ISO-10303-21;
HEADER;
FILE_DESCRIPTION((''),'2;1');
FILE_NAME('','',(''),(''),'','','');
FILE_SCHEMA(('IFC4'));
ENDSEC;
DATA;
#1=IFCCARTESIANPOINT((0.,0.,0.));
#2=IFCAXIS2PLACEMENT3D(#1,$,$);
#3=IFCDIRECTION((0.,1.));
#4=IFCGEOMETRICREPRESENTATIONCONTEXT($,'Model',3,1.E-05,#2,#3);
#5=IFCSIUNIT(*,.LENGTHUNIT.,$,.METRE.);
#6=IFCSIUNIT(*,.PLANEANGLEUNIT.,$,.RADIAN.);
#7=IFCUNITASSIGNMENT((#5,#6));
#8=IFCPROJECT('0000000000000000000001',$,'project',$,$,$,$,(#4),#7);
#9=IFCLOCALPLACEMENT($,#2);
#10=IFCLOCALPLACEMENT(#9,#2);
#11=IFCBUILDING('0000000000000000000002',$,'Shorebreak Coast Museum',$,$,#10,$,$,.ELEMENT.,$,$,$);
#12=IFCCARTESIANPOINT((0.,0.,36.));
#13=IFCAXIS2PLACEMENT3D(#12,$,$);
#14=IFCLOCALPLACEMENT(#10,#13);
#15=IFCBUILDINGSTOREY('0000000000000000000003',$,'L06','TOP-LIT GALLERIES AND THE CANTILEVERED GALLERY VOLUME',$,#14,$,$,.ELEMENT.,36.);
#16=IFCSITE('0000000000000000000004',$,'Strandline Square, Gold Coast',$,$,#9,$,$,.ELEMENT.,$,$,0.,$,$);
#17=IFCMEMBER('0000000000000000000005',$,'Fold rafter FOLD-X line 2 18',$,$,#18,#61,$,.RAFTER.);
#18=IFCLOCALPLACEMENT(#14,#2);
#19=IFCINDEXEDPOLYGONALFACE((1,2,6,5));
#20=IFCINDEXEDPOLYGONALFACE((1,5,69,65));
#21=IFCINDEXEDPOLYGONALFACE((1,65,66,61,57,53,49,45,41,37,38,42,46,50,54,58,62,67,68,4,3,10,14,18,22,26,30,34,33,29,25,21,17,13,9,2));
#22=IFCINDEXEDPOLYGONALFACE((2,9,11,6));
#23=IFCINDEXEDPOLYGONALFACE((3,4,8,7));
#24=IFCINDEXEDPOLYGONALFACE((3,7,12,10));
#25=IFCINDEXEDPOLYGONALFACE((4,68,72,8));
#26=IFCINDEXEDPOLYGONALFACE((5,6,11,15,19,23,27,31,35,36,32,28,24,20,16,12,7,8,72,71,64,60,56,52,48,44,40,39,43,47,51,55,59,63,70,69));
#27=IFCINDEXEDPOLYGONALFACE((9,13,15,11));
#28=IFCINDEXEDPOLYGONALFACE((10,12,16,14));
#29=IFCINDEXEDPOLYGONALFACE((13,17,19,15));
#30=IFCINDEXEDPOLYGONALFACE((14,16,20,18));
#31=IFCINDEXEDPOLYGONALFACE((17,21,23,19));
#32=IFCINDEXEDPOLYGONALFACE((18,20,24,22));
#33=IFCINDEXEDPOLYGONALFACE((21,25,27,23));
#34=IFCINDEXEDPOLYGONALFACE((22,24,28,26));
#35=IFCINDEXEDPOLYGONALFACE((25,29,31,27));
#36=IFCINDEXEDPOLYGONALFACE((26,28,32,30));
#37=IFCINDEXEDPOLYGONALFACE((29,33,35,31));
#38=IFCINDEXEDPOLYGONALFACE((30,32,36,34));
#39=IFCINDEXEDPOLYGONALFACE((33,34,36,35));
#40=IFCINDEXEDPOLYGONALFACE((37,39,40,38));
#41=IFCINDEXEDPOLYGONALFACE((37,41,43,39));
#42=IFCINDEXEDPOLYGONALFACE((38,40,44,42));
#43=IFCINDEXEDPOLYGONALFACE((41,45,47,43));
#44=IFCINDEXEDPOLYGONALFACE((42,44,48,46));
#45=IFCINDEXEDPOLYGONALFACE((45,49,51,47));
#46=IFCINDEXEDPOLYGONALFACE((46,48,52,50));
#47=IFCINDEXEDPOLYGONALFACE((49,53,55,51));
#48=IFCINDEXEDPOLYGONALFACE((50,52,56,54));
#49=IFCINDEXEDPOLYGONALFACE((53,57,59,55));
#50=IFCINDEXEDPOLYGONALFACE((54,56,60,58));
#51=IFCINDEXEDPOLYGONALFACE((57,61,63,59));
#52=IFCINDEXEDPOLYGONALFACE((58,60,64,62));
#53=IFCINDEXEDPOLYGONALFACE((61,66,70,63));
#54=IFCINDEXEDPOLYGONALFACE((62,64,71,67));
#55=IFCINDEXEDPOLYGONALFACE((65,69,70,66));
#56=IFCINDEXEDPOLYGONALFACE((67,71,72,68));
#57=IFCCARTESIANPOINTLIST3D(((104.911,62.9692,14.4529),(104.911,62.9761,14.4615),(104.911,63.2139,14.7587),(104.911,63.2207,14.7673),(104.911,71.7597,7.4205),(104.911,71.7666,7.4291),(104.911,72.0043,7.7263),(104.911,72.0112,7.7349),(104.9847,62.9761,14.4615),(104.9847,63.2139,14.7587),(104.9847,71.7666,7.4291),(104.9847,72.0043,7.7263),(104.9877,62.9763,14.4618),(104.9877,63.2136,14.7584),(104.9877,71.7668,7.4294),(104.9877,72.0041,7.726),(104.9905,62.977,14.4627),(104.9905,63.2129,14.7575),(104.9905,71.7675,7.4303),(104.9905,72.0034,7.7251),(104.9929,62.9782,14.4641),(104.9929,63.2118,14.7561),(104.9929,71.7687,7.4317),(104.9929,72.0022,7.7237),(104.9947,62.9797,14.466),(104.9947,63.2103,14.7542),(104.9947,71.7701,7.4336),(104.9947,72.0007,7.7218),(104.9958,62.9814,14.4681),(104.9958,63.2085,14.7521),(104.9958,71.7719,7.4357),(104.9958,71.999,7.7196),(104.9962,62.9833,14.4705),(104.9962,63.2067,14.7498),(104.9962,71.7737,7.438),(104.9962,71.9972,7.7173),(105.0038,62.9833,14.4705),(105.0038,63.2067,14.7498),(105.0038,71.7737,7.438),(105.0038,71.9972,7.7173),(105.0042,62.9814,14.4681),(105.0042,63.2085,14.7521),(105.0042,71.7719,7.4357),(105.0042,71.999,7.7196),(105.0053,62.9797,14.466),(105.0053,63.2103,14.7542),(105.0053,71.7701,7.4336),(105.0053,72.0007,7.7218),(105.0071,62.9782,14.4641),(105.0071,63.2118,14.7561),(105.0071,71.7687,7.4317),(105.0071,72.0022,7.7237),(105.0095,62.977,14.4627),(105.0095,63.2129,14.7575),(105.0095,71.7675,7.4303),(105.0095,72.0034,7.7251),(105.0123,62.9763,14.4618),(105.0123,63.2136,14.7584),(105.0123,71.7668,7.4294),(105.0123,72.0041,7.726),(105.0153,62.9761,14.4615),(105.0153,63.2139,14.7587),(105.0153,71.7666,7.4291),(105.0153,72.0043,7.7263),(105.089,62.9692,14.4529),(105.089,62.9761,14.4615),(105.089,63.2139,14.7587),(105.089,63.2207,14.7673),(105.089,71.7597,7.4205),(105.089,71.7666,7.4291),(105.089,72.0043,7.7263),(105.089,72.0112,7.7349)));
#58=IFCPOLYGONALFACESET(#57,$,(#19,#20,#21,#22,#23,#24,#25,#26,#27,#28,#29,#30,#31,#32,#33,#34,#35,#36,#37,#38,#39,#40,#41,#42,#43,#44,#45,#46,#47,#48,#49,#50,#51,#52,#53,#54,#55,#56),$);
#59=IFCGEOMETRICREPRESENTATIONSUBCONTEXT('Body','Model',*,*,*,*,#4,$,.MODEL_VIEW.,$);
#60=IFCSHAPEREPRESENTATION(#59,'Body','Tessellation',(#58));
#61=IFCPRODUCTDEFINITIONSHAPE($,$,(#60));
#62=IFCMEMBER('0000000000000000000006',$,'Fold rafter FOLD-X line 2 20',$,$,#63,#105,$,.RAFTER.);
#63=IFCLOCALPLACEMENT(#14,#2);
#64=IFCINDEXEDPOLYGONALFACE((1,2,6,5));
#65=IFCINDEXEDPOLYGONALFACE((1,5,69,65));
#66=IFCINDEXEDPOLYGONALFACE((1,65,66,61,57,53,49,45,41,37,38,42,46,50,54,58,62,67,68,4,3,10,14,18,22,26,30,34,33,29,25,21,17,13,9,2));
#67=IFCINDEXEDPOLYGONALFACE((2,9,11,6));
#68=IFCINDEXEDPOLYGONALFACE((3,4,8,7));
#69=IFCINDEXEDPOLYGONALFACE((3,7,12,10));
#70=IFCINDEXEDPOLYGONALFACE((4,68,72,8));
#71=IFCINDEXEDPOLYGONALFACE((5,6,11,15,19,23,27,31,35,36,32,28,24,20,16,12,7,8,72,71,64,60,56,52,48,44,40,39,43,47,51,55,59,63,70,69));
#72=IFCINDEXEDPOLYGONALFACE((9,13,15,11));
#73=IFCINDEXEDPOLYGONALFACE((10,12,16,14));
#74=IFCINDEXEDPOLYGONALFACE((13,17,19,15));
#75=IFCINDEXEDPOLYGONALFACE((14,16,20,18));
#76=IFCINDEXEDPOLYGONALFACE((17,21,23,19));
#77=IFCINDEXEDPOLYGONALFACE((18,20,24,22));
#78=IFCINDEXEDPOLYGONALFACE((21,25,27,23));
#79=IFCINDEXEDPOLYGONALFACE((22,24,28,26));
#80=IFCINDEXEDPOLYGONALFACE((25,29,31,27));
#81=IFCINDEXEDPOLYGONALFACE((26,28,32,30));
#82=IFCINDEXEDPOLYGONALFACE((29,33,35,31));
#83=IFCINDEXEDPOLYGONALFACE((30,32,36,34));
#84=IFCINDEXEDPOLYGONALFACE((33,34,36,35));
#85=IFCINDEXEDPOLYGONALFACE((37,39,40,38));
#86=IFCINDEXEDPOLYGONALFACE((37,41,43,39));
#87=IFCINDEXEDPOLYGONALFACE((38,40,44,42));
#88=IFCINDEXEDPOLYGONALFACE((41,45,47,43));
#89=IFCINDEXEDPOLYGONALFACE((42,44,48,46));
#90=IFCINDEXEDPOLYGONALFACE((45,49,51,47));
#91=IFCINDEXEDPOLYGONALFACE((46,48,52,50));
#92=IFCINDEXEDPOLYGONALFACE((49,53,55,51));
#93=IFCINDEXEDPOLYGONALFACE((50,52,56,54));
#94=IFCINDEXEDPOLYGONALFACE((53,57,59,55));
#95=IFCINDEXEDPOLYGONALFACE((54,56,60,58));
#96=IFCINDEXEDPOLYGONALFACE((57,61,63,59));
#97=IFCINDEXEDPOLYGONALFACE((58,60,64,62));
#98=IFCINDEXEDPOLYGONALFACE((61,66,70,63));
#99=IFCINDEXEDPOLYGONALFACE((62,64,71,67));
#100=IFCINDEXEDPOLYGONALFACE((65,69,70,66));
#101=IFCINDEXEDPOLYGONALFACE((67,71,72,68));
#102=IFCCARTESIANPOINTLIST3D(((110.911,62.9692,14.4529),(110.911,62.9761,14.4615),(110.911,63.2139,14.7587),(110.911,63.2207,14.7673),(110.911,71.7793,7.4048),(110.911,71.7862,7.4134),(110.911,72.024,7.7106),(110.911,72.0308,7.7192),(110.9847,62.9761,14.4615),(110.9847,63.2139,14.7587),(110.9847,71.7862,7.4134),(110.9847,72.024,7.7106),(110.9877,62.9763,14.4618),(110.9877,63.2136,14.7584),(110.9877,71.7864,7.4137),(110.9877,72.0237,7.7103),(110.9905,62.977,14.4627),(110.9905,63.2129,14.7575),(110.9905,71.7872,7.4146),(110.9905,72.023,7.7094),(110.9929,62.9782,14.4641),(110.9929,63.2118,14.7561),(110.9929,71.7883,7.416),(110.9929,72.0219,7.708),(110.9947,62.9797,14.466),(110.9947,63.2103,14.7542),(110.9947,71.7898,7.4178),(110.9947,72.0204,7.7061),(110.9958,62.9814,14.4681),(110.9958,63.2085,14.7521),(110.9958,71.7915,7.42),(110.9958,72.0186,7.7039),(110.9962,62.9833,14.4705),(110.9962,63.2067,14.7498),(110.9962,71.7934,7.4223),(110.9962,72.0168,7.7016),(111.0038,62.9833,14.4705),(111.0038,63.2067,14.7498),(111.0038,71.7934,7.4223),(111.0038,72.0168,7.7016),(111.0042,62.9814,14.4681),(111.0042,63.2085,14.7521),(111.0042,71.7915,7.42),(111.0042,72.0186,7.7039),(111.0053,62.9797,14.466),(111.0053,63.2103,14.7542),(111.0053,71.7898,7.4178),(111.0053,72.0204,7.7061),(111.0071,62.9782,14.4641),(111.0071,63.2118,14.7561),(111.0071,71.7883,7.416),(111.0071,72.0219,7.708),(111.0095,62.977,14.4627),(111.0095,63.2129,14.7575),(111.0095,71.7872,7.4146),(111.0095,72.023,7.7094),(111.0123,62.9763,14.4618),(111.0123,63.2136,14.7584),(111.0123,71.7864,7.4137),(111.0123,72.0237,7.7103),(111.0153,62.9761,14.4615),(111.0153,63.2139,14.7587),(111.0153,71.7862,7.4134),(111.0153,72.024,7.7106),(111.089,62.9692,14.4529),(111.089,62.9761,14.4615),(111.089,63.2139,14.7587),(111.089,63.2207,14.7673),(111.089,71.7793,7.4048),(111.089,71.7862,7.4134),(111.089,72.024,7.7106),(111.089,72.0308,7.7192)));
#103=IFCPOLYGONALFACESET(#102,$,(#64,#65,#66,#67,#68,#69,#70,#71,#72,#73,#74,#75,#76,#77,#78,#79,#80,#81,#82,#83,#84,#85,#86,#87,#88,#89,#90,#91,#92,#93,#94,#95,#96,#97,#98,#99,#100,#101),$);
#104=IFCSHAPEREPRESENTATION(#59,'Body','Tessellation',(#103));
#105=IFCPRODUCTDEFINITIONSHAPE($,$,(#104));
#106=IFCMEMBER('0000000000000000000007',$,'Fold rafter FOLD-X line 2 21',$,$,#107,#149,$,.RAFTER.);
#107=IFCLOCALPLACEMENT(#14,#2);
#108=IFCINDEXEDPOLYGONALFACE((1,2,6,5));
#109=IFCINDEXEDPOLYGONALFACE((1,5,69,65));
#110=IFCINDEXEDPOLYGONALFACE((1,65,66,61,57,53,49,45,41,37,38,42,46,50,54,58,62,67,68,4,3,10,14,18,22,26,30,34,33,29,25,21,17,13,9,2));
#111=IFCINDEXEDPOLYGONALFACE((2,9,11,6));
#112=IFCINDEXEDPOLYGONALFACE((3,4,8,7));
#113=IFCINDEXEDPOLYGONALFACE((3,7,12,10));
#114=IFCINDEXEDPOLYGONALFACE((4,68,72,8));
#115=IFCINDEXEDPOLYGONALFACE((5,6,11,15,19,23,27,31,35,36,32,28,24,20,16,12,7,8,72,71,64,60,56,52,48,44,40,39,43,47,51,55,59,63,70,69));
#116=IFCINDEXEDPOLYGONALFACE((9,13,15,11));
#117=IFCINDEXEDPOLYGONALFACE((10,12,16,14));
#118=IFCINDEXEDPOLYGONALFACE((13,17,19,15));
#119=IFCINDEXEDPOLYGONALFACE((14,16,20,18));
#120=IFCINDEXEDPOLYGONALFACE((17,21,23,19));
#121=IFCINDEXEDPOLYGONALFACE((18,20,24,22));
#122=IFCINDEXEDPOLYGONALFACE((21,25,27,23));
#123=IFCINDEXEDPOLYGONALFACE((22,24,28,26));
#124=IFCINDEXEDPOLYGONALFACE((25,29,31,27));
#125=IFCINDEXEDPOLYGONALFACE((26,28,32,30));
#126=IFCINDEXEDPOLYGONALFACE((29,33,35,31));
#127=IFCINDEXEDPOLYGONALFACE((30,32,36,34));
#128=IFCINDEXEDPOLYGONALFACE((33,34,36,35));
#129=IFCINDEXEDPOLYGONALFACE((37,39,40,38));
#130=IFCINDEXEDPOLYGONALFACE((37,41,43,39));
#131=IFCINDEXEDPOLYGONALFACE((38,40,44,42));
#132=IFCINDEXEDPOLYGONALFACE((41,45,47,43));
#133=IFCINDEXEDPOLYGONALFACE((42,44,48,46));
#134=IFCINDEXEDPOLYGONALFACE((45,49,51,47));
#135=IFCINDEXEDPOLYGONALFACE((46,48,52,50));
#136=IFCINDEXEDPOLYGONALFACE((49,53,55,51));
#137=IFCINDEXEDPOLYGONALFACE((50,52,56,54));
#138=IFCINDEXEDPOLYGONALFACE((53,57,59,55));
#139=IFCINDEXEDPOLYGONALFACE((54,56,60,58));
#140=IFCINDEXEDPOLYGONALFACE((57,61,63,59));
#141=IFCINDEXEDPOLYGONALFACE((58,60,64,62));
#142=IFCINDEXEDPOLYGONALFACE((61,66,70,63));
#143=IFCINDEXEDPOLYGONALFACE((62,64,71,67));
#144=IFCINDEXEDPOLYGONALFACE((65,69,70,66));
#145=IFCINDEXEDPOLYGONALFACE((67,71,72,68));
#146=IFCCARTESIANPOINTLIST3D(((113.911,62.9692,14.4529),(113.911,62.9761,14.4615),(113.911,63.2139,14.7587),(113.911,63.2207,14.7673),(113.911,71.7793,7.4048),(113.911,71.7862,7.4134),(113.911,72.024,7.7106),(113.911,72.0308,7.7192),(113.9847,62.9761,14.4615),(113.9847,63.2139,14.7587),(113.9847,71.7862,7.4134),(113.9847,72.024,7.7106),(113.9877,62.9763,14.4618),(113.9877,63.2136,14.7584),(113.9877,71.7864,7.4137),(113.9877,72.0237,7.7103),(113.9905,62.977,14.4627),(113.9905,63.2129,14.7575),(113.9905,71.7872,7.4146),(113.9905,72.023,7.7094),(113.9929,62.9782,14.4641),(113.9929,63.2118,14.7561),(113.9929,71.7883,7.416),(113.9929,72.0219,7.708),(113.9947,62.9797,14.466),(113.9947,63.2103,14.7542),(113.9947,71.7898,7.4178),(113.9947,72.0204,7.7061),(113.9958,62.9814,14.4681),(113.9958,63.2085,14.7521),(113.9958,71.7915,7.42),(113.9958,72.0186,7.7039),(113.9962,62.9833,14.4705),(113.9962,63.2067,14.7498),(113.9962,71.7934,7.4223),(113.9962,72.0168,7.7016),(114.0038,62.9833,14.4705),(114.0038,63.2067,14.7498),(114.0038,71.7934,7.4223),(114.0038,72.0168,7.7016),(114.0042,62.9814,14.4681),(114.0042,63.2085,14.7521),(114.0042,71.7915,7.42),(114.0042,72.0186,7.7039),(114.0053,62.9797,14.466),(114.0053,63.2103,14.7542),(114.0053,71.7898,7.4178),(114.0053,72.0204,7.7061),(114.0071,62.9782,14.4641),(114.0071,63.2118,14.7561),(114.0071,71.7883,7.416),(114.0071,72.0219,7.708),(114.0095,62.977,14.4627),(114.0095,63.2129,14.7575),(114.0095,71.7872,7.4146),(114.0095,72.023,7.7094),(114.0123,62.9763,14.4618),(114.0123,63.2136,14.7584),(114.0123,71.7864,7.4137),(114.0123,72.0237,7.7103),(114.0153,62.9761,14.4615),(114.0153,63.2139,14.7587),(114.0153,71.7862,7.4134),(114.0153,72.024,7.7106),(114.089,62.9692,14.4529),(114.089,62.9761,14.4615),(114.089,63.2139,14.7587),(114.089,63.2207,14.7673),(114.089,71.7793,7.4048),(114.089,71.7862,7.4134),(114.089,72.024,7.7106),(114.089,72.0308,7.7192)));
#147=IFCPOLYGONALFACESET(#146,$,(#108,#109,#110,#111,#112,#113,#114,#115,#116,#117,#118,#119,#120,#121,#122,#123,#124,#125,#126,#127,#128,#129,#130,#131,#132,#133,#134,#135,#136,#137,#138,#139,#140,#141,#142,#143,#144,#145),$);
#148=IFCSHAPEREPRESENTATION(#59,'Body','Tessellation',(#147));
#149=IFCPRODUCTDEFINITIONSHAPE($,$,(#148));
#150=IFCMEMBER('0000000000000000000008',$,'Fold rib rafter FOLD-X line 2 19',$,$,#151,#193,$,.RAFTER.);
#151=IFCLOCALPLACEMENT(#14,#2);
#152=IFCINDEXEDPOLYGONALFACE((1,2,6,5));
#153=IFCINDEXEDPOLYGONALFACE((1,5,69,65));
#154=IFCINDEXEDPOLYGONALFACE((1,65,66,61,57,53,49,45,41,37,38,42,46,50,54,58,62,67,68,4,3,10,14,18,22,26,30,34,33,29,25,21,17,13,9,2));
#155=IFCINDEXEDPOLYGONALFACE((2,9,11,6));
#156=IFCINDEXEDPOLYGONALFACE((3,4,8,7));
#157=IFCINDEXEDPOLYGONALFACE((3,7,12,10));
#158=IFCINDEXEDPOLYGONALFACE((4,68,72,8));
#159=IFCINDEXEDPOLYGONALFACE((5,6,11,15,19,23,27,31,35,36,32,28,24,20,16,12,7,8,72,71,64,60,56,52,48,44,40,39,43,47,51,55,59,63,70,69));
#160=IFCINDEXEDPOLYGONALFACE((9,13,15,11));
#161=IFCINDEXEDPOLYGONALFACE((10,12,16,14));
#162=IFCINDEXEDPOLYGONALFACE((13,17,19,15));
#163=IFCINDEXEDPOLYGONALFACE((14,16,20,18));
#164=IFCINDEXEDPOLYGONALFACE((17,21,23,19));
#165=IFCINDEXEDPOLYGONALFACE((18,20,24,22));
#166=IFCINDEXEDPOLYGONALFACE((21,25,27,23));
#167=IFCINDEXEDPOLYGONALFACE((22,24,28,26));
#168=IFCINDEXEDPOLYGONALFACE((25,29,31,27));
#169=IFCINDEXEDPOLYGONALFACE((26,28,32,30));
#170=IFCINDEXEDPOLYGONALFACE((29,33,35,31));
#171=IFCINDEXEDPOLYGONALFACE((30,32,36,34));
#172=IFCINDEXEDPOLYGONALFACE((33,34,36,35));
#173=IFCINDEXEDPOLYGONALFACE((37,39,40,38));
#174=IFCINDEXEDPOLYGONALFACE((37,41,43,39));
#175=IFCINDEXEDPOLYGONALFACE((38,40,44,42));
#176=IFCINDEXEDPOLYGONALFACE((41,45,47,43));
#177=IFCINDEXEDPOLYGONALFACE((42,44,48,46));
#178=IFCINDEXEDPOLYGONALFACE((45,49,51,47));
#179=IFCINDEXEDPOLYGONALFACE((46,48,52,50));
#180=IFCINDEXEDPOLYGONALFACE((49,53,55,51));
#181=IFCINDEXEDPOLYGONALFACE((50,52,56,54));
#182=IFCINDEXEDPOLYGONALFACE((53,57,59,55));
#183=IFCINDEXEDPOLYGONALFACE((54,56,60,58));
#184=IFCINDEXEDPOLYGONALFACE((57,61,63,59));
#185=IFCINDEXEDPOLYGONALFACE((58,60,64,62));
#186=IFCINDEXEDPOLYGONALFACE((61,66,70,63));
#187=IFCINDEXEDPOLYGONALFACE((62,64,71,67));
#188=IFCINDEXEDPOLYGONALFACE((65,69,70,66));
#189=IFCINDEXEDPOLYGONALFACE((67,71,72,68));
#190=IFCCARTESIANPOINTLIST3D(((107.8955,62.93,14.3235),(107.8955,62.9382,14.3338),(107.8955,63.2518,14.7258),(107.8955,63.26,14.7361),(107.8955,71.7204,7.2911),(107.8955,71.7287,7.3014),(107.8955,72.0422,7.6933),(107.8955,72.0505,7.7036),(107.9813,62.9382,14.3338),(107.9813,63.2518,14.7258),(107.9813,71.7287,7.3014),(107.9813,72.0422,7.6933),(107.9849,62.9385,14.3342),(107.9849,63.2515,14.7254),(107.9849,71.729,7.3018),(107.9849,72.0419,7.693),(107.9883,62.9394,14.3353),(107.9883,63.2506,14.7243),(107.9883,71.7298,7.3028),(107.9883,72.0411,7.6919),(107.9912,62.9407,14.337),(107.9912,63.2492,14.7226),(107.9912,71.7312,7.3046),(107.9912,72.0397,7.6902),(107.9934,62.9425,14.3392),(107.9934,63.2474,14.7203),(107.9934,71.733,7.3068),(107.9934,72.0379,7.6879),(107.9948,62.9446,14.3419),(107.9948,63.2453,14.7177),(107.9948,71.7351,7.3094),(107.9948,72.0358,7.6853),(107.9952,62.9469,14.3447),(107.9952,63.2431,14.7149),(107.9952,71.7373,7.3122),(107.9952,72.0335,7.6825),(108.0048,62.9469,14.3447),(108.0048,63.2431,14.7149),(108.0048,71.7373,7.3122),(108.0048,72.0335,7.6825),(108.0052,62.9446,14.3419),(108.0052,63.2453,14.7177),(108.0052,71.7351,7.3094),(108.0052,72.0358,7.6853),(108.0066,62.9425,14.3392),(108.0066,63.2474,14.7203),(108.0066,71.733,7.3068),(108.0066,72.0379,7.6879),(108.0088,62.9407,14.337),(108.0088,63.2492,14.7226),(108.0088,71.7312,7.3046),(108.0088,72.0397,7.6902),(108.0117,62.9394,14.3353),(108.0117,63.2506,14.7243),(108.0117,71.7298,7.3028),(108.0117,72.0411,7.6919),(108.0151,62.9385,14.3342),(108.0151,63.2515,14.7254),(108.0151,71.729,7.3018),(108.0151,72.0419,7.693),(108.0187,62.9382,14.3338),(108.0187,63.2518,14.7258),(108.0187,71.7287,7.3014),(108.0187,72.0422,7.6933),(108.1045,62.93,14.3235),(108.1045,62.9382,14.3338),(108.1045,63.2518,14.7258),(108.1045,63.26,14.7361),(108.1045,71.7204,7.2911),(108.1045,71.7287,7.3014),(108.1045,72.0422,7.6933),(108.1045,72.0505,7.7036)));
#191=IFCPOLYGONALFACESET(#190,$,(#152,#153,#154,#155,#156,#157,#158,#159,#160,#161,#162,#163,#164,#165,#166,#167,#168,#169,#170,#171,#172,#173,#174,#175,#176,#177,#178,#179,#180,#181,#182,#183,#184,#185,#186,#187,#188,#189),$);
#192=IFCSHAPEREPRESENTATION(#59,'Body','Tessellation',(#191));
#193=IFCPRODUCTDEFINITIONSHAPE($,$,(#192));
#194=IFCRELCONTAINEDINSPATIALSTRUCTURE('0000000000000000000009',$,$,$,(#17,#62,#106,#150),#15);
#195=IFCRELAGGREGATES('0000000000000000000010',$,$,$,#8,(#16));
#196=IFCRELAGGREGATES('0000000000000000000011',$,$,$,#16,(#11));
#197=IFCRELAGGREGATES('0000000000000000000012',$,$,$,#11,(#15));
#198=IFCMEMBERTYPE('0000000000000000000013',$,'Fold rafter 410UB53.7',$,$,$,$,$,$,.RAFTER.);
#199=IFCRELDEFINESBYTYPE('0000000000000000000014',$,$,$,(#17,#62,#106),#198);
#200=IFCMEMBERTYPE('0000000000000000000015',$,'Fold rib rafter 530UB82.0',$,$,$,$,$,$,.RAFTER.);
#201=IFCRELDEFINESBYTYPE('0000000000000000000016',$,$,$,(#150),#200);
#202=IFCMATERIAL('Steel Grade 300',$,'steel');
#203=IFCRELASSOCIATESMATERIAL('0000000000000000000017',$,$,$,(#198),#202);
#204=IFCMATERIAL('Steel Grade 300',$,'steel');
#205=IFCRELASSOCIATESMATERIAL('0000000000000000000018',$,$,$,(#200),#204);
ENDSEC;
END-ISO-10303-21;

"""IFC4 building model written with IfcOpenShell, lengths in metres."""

from ifc_helpers import new_model, si_unit, direction, frame, origin, origin_2d, place, context, subcontext, project, spatial, i_section, extrude, material, material_profile, profile_set, type_object, element, save


model = new_model("IFC4")

# Units and contexts
model_context = context("Model", 3, precision=1e-05, world=origin(), true_north=direction((0.0, 1.0)))
body_context = subcontext(model_context, "Body", "Model", "MODEL_VIEW")
ifc_project = project(units=[si_unit("LENGTHUNIT", "METRE"), si_unit("PLANEANGLEUNIT", "RADIAN")], contexts=[model_context])

# Site, building, storey
site_placement = place(None, origin())
site = spatial("IfcSite", under=ifc_project, at=site_placement, Name="Strandline Square, Gold Coast", CompositionType="ELEMENT", RefElevation=0.0)
building_placement = place(site_placement, origin())
building = spatial("IfcBuilding", under=site, at=building_placement, Name="Shorebreak Coast Museum", CompositionType="ELEMENT")
storey_placement = place(building_placement, frame((0.0, 0.0, 36.0)))
storey = spatial("IfcBuildingStorey", under=building, at=storey_placement, Name="L06", Description="TOP-LIT GALLERIES AND THE CANTILEVERED GALLERY VOLUME", CompositionType="ELEMENT", Elevation=36.0)

# Members
ifc_material_1 = material(Name="Steel Grade 300", Category="steel")
ifc_material_profile_1 = material_profile(ifc_material_1, i_section(OverallWidth=0.178, OverallDepth=0.4026, WebThickness=0.0076, FlangeThickness=0.011, FilletRadius=0.0115, at=origin_2d()), Name="410UB53.7")
ifc_profile_set_1 = profile_set([ifc_material_profile_1], Name="Steel Grade 300")
member_type_1 = type_object("IfcMemberType", Name="Fold rafter 410UB53.7", PredefinedType="RAFTER", material=ifc_profile_set_1)
member_1_placement = place(storey_placement, frame((105.0, 63.095, 14.6101), z_axis=(0.0, 0.780867, -0.624698), x_axis=(-1.0, 0.0, 0.0)))
element("IfcMember", 1, at=member_1_placement, inside=storey, type_object=member_type_1, Name="Fold rafter FOLD-X line 2 18", PredefinedType="RAFTER", context=body_context, shape_type="SweptSolid", body=[
    extrude(i_section(OverallWidth=0.178, OverallDepth=0.4026, WebThickness=0.0076, FlangeThickness=0.011, FilletRadius=0.0115, at=origin_2d()), origin(), (0.0, 0.0, 1.0), 11.2573),
])
for number, where, z_axis, x_axis, name in (
    (2, (111.0, 63.095, 14.6101), (0.0, 0.780867, -0.624698), (-1.0, 0.0, 0.0), "Fold rafter FOLD-X line 2 20"),
    (3, (114.0, 63.095, 14.6101), (0.0, 0.780867, -0.624698), (-1.0, 0.0, 0.0), "Fold rafter FOLD-X line 2 21"),
):
    element("IfcMember", number, at=place(storey_placement, frame(where, z_axis=z_axis, x_axis=x_axis)), inside=storey, type_object=member_type_1, Name=name, PredefinedType="RAFTER", context=body_context, shape_type="SweptSolid", body=[
        extrude(i_section(OverallWidth=0.178, OverallDepth=0.4026, WebThickness=0.0076, FlangeThickness=0.011, FilletRadius=0.0115, at=origin_2d()), origin(), (0.0, 0.0, 1.0), 11.2825),
    ])
ifc_material_2 = material(Name="Steel Grade 300", Category="steel")
ifc_material_profile_2 = material_profile(ifc_material_2, i_section(OverallWidth=0.209, OverallDepth=0.5283, WebThickness=0.0095, FlangeThickness=0.0132, FilletRadius=0.0139, at=origin_2d()), Name="530UB82.0")
ifc_profile_set_2 = profile_set([ifc_material_profile_2], Name="Steel Grade 300")
member_type_2 = type_object("IfcMemberType", Name="Fold rib rafter 530UB82.0", PredefinedType="RAFTER", material=ifc_profile_set_2)
member_2_placement = place(storey_placement, frame((108.0, 63.095, 14.5298), z_axis=(0.0, 0.780867, -0.624698), x_axis=(-1.0, 0.0, 0.0)))
element("IfcMember", 4, at=member_2_placement, inside=storey, type_object=member_type_2, Name="Fold rib rafter FOLD-X line 2 19", PredefinedType="RAFTER", context=body_context, shape_type="SweptSolid", body=[
    extrude(i_section(OverallWidth=0.209, OverallDepth=0.5283, WebThickness=0.0095, FlangeThickness=0.0132, FilletRadius=0.0139, at=origin_2d()), origin(), (0.0, 0.0, 1.0), 11.2573),
])

save(model, "model.ifc")
